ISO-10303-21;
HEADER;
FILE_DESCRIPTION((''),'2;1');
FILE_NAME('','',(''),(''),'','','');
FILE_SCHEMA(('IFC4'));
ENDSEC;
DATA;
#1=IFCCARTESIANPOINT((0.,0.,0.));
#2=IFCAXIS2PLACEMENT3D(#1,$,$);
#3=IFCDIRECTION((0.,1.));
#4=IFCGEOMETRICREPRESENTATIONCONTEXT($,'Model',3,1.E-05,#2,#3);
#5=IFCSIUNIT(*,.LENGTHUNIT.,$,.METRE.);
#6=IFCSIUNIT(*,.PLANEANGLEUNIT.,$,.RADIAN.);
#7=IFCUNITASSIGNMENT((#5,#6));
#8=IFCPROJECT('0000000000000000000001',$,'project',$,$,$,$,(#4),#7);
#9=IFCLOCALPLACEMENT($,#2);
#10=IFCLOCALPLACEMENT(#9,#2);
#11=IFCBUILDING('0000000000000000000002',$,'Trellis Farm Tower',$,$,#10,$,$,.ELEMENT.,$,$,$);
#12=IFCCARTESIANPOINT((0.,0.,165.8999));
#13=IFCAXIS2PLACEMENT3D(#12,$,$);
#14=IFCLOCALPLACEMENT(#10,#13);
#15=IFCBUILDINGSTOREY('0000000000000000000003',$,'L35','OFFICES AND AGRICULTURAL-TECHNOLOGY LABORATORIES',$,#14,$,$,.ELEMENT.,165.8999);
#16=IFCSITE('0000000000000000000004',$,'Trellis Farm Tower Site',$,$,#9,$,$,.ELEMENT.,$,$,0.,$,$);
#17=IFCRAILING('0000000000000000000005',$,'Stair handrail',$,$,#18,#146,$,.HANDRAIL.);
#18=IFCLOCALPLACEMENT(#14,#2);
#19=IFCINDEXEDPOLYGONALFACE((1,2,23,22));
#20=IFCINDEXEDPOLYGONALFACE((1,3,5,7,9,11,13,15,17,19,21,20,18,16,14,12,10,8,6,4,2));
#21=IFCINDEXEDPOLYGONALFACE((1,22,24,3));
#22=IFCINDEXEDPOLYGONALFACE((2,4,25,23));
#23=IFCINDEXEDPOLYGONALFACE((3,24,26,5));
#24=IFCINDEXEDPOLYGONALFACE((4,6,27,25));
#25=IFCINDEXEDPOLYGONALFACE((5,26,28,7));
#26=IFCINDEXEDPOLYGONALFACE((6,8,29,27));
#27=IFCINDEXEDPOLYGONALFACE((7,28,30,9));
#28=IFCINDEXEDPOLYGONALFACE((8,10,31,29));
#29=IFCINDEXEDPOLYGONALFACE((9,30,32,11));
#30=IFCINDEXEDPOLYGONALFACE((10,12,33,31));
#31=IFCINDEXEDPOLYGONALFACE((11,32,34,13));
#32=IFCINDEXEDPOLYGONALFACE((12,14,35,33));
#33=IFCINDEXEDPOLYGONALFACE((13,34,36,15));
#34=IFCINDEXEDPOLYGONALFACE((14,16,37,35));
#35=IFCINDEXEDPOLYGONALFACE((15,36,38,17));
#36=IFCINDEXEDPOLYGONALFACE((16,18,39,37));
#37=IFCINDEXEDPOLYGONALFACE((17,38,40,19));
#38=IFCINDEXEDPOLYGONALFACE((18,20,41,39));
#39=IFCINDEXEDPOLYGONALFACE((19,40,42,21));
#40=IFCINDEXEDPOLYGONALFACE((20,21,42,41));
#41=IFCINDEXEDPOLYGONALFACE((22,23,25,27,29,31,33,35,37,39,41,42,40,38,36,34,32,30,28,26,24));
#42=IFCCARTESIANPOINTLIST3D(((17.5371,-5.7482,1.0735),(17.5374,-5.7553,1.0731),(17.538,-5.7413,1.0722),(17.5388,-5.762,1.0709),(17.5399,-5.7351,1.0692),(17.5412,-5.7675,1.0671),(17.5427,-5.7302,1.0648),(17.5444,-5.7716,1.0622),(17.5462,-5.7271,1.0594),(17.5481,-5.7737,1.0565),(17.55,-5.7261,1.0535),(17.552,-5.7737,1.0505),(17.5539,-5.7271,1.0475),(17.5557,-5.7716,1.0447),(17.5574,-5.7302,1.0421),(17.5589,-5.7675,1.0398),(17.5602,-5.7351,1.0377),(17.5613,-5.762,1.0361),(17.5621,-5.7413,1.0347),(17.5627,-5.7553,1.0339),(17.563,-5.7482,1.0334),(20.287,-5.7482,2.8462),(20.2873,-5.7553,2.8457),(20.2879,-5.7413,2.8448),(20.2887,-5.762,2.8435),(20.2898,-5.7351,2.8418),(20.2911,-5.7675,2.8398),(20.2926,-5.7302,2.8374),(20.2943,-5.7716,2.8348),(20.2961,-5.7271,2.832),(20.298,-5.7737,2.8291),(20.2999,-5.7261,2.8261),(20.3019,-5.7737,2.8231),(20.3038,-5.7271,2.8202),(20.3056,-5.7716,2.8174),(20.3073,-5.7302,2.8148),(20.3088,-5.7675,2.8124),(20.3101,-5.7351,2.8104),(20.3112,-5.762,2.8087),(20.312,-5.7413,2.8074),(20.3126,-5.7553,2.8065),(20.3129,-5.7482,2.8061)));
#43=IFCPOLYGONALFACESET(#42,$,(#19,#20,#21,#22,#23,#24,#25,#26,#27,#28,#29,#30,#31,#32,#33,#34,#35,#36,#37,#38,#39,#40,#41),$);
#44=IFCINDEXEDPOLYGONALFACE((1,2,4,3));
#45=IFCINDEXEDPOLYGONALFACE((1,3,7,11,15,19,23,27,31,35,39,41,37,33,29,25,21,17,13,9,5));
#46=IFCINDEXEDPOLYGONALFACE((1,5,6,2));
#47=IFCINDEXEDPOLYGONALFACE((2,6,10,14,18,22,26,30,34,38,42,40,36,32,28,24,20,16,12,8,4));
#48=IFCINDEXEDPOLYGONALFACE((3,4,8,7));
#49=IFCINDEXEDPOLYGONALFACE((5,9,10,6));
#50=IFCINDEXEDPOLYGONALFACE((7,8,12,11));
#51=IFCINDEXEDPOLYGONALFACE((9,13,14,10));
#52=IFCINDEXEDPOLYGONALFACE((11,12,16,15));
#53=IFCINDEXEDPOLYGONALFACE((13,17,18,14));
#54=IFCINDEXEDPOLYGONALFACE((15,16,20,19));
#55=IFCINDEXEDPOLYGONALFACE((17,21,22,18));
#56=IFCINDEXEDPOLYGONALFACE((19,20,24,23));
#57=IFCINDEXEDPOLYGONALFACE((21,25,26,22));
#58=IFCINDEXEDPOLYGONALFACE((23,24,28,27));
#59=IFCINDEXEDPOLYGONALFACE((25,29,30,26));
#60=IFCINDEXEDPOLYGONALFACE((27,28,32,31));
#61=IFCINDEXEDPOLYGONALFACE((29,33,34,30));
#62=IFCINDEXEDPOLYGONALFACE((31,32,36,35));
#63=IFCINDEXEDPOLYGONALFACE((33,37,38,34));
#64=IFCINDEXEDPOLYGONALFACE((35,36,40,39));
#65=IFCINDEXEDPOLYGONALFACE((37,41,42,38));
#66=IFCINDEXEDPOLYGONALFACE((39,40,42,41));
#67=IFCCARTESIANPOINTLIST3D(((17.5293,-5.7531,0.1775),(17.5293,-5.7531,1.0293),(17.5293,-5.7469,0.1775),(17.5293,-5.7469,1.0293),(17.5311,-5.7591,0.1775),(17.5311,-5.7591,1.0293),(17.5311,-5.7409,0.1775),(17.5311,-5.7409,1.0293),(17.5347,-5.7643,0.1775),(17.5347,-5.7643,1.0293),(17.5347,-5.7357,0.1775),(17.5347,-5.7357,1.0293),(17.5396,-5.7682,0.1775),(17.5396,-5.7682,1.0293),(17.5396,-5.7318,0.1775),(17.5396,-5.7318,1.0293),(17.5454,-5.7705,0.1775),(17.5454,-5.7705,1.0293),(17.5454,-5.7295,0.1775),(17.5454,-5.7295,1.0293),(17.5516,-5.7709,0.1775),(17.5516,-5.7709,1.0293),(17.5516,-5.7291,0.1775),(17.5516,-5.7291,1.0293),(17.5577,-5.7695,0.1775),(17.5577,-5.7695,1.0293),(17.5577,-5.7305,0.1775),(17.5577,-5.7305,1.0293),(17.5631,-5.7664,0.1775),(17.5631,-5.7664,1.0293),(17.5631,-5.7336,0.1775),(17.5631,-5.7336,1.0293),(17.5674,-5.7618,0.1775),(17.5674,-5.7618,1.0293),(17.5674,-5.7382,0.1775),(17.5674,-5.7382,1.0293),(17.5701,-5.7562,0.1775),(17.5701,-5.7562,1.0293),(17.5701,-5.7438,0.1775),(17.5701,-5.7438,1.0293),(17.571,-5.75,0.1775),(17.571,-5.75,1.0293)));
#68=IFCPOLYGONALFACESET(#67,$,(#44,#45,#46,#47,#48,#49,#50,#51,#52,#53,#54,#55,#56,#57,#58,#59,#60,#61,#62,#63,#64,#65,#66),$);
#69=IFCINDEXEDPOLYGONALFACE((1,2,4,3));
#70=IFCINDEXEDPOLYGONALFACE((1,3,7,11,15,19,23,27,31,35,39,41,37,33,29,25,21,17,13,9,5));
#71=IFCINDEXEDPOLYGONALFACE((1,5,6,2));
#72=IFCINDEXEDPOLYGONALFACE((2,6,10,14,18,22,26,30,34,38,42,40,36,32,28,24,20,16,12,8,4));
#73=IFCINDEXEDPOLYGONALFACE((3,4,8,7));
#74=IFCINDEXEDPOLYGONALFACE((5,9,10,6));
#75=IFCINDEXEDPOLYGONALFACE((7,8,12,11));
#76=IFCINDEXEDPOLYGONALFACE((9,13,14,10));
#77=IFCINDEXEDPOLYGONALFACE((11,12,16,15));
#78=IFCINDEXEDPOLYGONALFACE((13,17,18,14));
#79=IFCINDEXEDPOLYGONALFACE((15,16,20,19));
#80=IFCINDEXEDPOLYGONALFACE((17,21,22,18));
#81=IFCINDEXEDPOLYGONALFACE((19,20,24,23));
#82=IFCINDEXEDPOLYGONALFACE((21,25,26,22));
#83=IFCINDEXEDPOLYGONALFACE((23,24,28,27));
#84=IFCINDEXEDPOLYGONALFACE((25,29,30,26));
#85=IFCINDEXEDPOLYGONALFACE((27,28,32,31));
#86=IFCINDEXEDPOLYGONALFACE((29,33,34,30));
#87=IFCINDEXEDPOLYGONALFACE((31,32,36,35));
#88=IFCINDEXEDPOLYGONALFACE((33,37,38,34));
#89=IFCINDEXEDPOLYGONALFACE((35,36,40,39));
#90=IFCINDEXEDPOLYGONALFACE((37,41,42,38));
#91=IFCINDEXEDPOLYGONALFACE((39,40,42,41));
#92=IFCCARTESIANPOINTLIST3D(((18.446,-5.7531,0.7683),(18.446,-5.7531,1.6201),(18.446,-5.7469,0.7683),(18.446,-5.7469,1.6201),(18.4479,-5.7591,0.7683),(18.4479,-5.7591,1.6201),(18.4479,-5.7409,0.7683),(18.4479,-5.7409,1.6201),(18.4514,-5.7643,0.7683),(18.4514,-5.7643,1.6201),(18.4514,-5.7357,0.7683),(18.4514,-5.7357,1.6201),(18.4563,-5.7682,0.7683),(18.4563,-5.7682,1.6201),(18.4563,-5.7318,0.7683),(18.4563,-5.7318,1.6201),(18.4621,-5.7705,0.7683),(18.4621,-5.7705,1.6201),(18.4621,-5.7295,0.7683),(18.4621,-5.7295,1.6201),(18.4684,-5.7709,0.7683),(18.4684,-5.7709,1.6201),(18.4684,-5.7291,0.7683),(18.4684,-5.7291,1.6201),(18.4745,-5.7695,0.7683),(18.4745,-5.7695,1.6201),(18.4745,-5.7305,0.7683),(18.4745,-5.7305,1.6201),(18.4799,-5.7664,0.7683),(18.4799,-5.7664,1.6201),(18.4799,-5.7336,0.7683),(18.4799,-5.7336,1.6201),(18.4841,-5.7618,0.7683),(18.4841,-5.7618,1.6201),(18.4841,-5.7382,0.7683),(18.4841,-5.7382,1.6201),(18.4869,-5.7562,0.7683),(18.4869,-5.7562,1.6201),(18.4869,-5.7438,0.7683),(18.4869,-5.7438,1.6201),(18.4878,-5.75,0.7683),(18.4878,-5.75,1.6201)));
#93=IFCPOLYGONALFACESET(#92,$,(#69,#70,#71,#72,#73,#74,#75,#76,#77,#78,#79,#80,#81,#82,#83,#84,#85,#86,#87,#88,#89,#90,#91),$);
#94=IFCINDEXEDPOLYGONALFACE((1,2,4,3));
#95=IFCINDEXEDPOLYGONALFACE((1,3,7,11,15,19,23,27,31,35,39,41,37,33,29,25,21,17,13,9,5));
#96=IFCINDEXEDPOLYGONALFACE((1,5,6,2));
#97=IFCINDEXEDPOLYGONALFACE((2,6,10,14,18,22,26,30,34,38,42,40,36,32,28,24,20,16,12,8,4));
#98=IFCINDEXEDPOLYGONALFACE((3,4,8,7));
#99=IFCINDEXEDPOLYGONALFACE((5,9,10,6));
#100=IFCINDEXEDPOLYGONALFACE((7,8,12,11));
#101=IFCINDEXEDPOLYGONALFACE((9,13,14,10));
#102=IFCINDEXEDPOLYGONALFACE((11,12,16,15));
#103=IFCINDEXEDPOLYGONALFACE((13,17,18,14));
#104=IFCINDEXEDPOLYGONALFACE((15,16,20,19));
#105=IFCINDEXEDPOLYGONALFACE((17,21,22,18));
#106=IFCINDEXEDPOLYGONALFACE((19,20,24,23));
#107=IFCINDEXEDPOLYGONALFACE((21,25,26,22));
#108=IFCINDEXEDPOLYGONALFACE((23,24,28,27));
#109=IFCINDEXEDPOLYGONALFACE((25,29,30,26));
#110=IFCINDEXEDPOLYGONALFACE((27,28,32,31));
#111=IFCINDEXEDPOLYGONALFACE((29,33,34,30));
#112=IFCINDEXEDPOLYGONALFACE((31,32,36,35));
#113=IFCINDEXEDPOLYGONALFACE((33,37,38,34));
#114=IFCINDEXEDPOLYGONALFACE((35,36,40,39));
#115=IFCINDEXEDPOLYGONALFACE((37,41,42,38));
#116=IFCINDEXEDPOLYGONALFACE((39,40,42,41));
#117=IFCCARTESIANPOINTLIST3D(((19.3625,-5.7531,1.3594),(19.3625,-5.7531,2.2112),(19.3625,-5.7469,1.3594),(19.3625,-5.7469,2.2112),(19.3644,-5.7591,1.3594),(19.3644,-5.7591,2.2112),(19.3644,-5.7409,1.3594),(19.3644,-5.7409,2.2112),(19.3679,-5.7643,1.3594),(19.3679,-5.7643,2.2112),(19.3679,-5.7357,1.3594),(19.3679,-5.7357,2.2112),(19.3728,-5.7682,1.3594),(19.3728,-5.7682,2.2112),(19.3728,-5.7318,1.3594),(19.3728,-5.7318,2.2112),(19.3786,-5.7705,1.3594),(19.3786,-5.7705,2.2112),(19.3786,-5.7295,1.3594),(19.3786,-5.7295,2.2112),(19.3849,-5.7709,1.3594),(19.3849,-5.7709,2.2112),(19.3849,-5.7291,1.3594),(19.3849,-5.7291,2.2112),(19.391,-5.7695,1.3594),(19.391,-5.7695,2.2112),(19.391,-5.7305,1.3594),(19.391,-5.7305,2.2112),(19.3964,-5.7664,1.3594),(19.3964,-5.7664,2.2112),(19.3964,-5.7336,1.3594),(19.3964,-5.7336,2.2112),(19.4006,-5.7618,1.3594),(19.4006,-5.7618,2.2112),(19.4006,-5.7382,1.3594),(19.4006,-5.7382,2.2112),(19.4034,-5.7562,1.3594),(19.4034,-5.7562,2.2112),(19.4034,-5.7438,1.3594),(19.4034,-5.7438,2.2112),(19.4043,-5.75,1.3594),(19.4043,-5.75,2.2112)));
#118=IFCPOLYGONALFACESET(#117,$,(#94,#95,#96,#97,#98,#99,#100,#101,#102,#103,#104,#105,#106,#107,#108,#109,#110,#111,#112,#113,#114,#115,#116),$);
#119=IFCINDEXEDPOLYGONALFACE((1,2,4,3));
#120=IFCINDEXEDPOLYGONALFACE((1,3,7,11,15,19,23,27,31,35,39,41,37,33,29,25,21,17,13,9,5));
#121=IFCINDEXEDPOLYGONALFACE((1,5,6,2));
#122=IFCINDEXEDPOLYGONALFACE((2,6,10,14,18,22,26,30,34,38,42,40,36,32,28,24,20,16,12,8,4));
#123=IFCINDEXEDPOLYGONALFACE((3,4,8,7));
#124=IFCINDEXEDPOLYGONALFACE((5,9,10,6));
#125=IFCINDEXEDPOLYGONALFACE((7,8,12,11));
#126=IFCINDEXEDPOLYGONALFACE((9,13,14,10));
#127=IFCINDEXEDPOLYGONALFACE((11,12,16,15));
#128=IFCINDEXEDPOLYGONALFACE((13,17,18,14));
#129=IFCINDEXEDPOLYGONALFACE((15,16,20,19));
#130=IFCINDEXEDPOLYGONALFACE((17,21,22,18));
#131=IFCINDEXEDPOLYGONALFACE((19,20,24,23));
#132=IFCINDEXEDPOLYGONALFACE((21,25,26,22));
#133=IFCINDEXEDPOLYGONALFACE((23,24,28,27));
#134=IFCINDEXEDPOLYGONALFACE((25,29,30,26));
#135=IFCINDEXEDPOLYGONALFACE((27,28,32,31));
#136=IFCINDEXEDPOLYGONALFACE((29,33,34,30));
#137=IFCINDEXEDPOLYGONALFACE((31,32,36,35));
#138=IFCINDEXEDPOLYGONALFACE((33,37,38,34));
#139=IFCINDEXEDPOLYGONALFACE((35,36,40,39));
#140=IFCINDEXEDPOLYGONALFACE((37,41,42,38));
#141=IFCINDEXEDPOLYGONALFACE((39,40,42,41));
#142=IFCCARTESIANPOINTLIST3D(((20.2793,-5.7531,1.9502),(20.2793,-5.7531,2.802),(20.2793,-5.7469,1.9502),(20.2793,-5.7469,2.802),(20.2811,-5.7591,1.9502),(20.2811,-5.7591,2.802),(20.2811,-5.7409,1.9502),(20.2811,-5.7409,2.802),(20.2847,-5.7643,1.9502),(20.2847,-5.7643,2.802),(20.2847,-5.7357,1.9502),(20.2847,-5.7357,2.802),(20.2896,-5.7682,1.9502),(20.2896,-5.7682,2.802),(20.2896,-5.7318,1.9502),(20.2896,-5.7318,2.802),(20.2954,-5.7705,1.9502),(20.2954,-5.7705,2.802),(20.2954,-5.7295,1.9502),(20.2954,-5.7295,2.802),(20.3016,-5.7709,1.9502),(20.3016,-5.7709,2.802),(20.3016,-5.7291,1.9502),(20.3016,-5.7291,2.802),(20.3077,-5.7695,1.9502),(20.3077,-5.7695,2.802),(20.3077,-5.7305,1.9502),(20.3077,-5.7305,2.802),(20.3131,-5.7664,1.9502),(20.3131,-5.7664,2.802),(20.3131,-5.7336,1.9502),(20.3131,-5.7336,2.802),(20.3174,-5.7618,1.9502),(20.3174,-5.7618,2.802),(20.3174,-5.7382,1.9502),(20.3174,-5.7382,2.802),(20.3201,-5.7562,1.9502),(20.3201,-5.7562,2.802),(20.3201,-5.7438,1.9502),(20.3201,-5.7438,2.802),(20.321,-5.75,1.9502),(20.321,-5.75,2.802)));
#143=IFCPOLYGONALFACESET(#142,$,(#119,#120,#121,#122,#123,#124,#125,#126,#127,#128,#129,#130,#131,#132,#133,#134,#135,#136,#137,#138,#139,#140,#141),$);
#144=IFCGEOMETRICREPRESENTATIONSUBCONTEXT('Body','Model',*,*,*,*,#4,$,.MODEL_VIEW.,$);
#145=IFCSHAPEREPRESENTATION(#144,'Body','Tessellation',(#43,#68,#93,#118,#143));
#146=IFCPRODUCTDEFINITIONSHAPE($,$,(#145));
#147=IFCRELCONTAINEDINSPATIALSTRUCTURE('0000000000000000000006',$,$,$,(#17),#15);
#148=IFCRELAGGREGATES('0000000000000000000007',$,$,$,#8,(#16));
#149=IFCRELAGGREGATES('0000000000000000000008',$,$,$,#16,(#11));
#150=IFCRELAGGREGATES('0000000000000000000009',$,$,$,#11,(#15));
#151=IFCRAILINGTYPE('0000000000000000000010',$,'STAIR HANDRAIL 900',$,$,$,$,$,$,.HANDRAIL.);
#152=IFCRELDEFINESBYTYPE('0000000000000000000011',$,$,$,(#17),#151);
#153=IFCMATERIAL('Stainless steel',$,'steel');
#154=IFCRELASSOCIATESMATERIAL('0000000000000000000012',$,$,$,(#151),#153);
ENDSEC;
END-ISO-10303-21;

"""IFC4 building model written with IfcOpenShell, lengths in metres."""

from ifc_helpers import new_model, si_unit, direction, frame, origin, origin_2d, place, context, subcontext, project, spatial, circle, extrude, source, transform, mapped, material, type_object, element, save


model = new_model("IFC4")

# Units and contexts
model_context = context("Model", 3, precision=1e-05, world=origin(), true_north=direction((0.0, 1.0)))
body_context = subcontext(model_context, "Body", "Model", "MODEL_VIEW")
ifc_project = project(units=[si_unit("LENGTHUNIT", "METRE"), si_unit("PLANEANGLEUNIT", "RADIAN")], contexts=[model_context])

# Site, building, storey
site_placement = place(None, origin())
site = spatial("IfcSite", under=ifc_project, at=site_placement, Name="Trellis Farm Tower Site", CompositionType="ELEMENT", RefElevation=0.0)
building_placement = place(site_placement, origin())
building = spatial("IfcBuilding", under=site, at=building_placement, Name="Trellis Farm Tower", CompositionType="ELEMENT")
storey_placement = place(building_placement, frame((0.0, 0.0, 165.8999)))
storey = spatial("IfcBuildingStorey", under=building, at=storey_placement, Name="L35", Description="OFFICES AND AGRICULTURAL-TECHNOLOGY LABORATORIES", CompositionType="ELEMENT", Elevation=165.8999)

# Railing
ifc_material_1 = material(Name="Stainless steel", Category="steel")
railing_type = type_object("IfcRailingType", Name="STAIR HANDRAIL 900", PredefinedType="HANDRAIL", material=ifc_material_1)
shared_shape_1 = source(origin(), body_context, "Body", "SweptSolid", [
    extrude(circle(Radius=0.0239, at=origin_2d()), frame((0.0, 0.0, 0.876), z_axis=(0.840504, 0.0, 0.541806), x_axis=(0.0, 1.0, 0.0)), (0.0, 0.0, 1.0), 3.2717),
    extrude(circle(Radius=0.021, at=origin_2d()), origin(), (0.0, 0.0, 1.0), 0.8518),
    extrude(circle(Radius=0.021, at=origin_2d()), frame((0.9167, 0.0, 0.5908)), (0.0, 0.0, 1.0), 0.8518),
    extrude(circle(Radius=0.021, at=origin_2d()), frame((1.8333, 0.0, 1.1819)), (0.0, 0.0, 1.0), 0.8518),
    extrude(circle(Radius=0.021, at=origin_2d()), frame((2.75, 0.0, 1.7727)), (0.0, 0.0, 1.0), 0.8518),
])
for number, where, name in (
    (1, (17.55, -5.75, 0.1775), "Stair handrail"),
):
    element("IfcRailing", number, at=place(storey_placement, frame(where)), inside=storey, type_object=railing_type, Name=name, PredefinedType="HANDRAIL", context=body_context, shape_type="MappedRepresentation", body=[
        mapped(shared_shape_1, transform((0.0, 0.0, 0.0))),
    ])

save(model, "model.ifc")
